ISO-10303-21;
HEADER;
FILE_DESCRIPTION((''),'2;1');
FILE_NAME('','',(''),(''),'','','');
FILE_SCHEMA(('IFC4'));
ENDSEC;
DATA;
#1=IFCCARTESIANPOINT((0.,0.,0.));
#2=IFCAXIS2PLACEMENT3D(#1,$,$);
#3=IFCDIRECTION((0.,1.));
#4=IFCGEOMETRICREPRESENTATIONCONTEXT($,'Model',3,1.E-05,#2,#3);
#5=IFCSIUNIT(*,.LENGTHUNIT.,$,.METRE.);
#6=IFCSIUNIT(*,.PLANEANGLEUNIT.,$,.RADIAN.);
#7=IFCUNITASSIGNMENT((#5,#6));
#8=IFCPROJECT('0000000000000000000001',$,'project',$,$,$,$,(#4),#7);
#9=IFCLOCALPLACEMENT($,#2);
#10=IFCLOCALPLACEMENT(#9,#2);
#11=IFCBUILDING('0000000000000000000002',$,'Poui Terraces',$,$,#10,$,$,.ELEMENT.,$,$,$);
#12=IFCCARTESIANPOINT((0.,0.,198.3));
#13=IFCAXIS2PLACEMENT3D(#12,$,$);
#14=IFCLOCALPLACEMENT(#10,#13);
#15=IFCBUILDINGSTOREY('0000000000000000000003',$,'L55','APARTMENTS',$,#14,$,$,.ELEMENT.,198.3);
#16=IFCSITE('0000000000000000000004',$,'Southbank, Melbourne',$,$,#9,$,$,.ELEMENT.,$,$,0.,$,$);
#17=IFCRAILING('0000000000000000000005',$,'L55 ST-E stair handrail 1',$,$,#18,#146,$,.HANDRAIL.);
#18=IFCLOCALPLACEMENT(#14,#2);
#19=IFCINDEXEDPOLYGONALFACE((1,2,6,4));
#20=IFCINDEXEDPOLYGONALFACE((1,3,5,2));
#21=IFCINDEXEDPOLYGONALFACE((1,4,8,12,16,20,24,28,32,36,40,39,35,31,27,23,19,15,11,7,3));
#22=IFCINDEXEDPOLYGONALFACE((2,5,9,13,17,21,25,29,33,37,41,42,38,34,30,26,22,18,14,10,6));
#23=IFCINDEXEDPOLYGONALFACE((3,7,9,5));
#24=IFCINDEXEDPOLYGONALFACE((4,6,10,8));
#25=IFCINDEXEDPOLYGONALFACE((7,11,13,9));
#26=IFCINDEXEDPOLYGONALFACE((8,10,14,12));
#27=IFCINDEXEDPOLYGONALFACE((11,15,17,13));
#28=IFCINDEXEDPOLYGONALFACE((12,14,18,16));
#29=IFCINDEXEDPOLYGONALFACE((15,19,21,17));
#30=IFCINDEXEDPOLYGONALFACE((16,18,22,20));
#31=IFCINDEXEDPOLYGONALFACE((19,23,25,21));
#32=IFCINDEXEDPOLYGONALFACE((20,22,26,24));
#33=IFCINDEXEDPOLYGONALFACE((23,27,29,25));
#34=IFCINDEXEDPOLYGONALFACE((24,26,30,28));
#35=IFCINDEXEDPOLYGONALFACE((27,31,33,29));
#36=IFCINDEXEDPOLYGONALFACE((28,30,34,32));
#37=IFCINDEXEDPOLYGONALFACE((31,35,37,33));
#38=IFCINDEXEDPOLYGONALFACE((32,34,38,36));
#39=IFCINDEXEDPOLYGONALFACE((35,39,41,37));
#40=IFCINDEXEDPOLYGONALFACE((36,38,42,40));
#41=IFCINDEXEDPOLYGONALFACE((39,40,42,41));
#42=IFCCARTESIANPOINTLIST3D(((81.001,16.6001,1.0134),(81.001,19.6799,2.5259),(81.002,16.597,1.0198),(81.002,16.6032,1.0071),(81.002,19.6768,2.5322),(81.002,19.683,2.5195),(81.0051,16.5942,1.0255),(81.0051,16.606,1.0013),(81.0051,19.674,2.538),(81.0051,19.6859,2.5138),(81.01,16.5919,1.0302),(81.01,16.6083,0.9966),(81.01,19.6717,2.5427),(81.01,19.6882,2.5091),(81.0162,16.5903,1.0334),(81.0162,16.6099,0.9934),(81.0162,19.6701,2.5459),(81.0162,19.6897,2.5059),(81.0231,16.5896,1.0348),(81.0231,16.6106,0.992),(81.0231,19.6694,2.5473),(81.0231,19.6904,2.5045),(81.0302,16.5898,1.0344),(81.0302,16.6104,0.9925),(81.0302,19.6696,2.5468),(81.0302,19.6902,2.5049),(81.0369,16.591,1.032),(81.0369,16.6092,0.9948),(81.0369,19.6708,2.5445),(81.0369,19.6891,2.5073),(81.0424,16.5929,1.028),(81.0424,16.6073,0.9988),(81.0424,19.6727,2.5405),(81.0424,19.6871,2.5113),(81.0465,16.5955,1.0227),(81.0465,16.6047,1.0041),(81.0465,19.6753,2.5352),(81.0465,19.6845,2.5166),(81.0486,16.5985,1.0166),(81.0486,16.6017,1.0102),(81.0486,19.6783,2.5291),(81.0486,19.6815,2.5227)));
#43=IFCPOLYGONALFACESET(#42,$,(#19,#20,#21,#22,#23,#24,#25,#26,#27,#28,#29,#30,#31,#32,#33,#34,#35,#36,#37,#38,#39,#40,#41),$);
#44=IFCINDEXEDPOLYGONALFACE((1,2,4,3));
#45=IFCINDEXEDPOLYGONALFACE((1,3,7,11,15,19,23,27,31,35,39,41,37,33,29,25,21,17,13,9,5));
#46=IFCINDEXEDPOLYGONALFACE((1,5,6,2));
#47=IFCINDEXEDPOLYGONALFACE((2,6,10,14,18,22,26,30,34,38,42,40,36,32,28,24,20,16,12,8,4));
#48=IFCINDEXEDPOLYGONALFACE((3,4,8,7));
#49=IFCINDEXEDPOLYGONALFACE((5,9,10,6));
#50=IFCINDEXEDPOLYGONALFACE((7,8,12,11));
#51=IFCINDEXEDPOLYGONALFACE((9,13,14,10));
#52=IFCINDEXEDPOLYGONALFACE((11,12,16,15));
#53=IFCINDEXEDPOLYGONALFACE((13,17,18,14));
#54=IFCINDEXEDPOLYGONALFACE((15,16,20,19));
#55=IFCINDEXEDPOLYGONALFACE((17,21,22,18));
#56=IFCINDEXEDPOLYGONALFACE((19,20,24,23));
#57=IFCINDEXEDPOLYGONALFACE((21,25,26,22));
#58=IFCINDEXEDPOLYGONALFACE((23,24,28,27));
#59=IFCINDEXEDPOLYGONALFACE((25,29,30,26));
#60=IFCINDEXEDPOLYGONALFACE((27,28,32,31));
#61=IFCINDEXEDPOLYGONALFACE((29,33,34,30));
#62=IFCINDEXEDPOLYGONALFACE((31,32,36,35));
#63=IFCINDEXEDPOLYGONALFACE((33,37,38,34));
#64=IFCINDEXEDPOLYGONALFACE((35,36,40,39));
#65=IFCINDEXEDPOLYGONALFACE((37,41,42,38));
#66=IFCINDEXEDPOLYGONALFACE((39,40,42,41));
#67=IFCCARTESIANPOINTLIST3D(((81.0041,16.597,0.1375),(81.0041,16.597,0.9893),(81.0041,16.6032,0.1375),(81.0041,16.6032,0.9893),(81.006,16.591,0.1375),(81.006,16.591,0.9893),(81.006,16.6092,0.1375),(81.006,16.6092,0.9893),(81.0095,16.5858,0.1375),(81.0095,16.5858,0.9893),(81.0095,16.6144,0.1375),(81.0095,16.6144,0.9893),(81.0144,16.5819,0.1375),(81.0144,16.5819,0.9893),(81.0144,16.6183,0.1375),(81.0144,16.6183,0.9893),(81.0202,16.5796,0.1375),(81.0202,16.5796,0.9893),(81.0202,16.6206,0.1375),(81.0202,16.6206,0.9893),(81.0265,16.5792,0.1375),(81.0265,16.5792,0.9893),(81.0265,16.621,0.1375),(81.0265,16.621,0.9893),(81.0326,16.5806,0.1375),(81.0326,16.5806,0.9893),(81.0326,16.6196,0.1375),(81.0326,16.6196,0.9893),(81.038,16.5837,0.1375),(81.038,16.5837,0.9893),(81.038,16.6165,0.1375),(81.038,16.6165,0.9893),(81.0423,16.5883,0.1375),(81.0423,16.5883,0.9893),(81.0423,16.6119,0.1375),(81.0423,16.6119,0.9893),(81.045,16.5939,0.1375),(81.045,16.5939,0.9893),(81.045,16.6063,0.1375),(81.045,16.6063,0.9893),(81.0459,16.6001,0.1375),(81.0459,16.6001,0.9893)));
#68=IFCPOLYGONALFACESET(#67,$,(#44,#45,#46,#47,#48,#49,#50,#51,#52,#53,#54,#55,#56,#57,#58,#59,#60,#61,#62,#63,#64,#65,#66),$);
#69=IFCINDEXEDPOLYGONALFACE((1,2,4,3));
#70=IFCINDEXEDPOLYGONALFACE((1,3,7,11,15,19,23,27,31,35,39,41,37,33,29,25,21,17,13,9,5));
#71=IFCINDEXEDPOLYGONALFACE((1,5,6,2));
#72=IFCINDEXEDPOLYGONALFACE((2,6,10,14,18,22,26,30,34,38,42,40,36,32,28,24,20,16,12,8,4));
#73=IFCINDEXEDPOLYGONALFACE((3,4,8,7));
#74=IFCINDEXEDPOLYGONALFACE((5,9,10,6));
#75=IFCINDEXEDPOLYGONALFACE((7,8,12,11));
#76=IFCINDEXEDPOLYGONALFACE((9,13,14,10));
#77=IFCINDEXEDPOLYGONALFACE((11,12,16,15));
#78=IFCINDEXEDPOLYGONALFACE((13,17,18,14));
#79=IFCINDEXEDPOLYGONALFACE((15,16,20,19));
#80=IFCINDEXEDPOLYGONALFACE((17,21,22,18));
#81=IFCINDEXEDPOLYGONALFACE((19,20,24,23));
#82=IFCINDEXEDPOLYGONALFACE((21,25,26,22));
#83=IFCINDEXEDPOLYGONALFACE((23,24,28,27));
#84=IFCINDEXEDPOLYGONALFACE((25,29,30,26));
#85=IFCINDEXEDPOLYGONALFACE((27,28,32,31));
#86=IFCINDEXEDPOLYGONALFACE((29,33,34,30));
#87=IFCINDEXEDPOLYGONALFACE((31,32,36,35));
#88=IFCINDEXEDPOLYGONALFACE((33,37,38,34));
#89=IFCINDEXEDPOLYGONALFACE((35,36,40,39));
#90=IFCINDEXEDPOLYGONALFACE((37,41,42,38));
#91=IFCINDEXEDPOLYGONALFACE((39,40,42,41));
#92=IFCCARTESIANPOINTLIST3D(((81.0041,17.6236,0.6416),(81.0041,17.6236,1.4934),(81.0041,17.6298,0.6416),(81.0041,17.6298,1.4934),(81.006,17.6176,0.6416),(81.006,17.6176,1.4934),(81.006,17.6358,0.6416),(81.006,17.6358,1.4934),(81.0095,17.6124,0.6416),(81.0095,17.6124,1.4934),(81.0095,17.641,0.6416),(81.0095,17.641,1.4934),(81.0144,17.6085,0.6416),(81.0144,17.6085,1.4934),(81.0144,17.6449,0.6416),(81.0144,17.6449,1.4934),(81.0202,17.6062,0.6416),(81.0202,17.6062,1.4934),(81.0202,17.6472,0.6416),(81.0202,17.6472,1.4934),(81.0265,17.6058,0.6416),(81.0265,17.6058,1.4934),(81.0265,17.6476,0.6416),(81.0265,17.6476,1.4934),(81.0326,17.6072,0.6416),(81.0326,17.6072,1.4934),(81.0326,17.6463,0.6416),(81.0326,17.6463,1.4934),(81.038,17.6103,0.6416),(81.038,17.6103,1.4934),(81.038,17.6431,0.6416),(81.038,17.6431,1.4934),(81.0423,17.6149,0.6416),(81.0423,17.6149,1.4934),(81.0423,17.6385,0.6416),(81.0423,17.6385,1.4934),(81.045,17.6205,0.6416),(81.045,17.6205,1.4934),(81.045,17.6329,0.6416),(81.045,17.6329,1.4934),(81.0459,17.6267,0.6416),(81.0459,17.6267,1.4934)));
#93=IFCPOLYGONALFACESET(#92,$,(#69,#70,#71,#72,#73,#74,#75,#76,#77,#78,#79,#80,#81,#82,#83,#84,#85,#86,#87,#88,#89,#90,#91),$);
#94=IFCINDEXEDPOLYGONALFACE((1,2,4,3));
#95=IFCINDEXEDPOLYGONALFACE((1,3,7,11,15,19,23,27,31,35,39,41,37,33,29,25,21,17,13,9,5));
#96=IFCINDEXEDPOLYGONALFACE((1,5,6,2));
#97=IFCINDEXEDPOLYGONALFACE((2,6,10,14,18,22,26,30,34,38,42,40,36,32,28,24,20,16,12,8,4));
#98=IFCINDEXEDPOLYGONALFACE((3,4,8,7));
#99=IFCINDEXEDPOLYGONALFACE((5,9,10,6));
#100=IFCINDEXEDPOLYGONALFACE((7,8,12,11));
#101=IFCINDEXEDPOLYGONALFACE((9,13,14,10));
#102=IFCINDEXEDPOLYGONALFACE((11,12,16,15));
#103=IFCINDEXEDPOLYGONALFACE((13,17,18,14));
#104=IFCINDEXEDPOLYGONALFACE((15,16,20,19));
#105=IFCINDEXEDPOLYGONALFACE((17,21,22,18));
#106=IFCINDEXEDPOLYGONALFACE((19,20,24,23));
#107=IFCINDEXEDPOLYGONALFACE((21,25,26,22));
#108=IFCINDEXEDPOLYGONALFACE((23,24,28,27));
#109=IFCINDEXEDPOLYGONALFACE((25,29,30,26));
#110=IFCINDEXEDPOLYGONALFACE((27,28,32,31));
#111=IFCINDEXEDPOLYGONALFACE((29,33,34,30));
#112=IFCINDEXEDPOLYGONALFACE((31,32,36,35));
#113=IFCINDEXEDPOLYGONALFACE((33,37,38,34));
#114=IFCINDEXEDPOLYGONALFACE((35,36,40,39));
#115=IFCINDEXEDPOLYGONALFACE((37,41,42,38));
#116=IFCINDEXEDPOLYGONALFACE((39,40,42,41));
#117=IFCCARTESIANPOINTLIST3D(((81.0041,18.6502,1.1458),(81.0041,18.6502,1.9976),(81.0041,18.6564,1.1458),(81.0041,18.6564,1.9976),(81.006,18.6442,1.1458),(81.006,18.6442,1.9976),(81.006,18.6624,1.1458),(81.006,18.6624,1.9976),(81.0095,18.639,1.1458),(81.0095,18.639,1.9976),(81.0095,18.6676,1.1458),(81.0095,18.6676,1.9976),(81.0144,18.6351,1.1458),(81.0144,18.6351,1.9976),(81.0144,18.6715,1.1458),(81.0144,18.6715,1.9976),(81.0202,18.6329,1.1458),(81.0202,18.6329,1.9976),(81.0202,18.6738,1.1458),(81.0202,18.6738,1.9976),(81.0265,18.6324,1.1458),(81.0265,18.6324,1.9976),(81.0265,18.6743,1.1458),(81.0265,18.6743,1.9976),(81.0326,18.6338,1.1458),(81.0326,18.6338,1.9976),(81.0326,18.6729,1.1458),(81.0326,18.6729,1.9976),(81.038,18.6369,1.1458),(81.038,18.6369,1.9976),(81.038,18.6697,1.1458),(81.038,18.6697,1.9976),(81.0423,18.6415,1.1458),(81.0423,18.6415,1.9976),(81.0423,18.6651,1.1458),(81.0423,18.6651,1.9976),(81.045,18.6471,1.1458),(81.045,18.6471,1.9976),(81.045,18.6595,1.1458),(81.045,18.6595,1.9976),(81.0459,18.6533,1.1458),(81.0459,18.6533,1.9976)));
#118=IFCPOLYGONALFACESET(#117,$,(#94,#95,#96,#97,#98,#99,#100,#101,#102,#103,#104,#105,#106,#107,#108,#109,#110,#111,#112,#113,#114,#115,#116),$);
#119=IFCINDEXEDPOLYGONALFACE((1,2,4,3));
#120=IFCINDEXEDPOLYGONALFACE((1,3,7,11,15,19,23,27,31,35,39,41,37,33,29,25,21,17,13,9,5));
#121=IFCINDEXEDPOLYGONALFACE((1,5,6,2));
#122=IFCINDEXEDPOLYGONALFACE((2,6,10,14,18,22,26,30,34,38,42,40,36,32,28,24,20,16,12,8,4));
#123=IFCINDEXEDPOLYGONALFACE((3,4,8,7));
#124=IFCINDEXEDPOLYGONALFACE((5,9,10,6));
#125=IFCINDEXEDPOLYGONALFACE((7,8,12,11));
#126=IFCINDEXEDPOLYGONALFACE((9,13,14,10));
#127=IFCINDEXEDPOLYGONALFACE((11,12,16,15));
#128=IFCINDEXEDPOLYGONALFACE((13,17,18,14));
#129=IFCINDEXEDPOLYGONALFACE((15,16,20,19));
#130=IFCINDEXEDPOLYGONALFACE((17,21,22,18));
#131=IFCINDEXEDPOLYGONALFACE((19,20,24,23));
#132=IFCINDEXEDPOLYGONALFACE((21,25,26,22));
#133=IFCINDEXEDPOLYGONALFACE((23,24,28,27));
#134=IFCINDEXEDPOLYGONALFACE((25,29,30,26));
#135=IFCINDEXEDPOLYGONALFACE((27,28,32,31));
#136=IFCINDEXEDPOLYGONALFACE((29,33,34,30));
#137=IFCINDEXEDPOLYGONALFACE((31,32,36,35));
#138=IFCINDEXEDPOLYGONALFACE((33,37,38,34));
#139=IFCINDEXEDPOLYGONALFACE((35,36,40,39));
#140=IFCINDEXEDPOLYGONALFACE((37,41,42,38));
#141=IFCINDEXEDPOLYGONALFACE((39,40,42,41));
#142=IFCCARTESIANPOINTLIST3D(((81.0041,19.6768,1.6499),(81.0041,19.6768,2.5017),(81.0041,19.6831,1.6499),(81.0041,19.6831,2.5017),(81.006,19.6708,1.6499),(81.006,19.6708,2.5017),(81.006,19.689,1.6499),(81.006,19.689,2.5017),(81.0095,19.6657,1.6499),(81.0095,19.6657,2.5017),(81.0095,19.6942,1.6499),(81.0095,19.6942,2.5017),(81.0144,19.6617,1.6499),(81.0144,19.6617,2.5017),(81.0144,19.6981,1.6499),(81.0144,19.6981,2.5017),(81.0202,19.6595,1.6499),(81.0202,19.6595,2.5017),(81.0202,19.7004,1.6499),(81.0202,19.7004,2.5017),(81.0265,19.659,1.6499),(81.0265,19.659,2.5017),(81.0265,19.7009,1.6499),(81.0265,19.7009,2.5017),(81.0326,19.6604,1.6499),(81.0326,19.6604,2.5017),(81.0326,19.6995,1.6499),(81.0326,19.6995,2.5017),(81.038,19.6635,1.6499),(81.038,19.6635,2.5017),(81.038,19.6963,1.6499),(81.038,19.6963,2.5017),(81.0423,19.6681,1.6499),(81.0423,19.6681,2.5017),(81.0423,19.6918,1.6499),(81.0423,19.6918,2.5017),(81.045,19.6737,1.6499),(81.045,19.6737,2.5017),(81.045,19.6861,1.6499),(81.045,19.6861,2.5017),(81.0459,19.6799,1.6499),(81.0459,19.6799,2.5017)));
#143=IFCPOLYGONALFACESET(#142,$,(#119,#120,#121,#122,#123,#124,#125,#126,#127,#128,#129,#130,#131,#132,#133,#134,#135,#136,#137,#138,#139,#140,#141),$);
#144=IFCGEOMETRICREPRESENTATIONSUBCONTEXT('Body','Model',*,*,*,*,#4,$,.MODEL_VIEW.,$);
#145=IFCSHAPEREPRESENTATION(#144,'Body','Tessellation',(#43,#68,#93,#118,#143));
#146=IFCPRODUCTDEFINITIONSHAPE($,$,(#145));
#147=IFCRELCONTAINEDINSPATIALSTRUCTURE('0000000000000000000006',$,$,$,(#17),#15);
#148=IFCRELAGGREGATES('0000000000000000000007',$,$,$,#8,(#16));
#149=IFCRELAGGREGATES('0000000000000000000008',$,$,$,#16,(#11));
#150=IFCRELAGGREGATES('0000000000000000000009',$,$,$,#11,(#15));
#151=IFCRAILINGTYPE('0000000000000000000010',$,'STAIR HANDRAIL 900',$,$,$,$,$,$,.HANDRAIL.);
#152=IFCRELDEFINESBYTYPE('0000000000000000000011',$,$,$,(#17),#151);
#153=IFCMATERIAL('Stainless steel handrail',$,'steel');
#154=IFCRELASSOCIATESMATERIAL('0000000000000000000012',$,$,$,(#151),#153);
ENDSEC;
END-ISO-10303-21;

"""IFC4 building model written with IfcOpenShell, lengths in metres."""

from ifc_helpers import new_model, si_unit, direction, frame, origin, origin_2d, place, context, subcontext, project, spatial, circle, extrude, material, type_object, element, save


model = new_model("IFC4")

# Units and contexts
model_context = context("Model", 3, precision=1e-05, world=origin(), true_north=direction((0.0, 1.0)))
body_context = subcontext(model_context, "Body", "Model", "MODEL_VIEW")
ifc_project = project(units=[si_unit("LENGTHUNIT", "METRE"), si_unit("PLANEANGLEUNIT", "RADIAN")], contexts=[model_context])

# Site, building, storey
site_placement = place(None, origin())
site = spatial("IfcSite", under=ifc_project, at=site_placement, Name="Southbank, Melbourne", CompositionType="ELEMENT", RefElevation=0.0)
building_placement = place(site_placement, origin())
building = spatial("IfcBuilding", under=site, at=building_placement, Name="Poui Terraces", CompositionType="ELEMENT")
storey_placement = place(building_placement, frame((0.0, 0.0, 198.3)))
storey = spatial("IfcBuildingStorey", under=building, at=storey_placement, Name="L55", Description="APARTMENTS", CompositionType="ELEMENT", Elevation=198.3)

# Railing
ifc_material_1 = material(Name="Stainless steel handrail", Category="steel")
railing_type_1 = type_object("IfcRailingType", Name="STAIR HANDRAIL 900", PredefinedType="HANDRAIL", material=ifc_material_1)
railing_1_placement = place(storey_placement, frame((81.0249, 16.6001, 0.1375)))
element("IfcRailing", 1, at=railing_1_placement, inside=storey, type_object=railing_type_1, Name="L55 ST-E stair handrail 1", PredefinedType="HANDRAIL", context=body_context, shape_type="SweptSolid", body=[
    extrude(circle(Radius=0.0239, at=origin_2d()), frame((0.0, 0.0, 0.876), z_axis=(0.0, 0.897606, 0.440798), x_axis=(-1.0, 0.0, 0.0)), (0.0, 0.0, 1.0), 3.4312),
    extrude(circle(Radius=0.021, at=origin_2d()), origin(), (0.0, 0.0, 1.0), 0.8518),
    extrude(circle(Radius=0.021, at=origin_2d()), frame((0.0, 1.0266, 0.5042)), (0.0, 0.0, 1.0), 0.8518),
    extrude(circle(Radius=0.021, at=origin_2d()), frame((0.0, 2.0532, 1.0083)), (0.0, 0.0, 1.0), 0.8518),
    extrude(circle(Radius=0.021, at=origin_2d()), frame((0.0, 3.0798, 1.5125)), (0.0, 0.0, 1.0), 0.8518),
])

save(model, "model.ifc")
